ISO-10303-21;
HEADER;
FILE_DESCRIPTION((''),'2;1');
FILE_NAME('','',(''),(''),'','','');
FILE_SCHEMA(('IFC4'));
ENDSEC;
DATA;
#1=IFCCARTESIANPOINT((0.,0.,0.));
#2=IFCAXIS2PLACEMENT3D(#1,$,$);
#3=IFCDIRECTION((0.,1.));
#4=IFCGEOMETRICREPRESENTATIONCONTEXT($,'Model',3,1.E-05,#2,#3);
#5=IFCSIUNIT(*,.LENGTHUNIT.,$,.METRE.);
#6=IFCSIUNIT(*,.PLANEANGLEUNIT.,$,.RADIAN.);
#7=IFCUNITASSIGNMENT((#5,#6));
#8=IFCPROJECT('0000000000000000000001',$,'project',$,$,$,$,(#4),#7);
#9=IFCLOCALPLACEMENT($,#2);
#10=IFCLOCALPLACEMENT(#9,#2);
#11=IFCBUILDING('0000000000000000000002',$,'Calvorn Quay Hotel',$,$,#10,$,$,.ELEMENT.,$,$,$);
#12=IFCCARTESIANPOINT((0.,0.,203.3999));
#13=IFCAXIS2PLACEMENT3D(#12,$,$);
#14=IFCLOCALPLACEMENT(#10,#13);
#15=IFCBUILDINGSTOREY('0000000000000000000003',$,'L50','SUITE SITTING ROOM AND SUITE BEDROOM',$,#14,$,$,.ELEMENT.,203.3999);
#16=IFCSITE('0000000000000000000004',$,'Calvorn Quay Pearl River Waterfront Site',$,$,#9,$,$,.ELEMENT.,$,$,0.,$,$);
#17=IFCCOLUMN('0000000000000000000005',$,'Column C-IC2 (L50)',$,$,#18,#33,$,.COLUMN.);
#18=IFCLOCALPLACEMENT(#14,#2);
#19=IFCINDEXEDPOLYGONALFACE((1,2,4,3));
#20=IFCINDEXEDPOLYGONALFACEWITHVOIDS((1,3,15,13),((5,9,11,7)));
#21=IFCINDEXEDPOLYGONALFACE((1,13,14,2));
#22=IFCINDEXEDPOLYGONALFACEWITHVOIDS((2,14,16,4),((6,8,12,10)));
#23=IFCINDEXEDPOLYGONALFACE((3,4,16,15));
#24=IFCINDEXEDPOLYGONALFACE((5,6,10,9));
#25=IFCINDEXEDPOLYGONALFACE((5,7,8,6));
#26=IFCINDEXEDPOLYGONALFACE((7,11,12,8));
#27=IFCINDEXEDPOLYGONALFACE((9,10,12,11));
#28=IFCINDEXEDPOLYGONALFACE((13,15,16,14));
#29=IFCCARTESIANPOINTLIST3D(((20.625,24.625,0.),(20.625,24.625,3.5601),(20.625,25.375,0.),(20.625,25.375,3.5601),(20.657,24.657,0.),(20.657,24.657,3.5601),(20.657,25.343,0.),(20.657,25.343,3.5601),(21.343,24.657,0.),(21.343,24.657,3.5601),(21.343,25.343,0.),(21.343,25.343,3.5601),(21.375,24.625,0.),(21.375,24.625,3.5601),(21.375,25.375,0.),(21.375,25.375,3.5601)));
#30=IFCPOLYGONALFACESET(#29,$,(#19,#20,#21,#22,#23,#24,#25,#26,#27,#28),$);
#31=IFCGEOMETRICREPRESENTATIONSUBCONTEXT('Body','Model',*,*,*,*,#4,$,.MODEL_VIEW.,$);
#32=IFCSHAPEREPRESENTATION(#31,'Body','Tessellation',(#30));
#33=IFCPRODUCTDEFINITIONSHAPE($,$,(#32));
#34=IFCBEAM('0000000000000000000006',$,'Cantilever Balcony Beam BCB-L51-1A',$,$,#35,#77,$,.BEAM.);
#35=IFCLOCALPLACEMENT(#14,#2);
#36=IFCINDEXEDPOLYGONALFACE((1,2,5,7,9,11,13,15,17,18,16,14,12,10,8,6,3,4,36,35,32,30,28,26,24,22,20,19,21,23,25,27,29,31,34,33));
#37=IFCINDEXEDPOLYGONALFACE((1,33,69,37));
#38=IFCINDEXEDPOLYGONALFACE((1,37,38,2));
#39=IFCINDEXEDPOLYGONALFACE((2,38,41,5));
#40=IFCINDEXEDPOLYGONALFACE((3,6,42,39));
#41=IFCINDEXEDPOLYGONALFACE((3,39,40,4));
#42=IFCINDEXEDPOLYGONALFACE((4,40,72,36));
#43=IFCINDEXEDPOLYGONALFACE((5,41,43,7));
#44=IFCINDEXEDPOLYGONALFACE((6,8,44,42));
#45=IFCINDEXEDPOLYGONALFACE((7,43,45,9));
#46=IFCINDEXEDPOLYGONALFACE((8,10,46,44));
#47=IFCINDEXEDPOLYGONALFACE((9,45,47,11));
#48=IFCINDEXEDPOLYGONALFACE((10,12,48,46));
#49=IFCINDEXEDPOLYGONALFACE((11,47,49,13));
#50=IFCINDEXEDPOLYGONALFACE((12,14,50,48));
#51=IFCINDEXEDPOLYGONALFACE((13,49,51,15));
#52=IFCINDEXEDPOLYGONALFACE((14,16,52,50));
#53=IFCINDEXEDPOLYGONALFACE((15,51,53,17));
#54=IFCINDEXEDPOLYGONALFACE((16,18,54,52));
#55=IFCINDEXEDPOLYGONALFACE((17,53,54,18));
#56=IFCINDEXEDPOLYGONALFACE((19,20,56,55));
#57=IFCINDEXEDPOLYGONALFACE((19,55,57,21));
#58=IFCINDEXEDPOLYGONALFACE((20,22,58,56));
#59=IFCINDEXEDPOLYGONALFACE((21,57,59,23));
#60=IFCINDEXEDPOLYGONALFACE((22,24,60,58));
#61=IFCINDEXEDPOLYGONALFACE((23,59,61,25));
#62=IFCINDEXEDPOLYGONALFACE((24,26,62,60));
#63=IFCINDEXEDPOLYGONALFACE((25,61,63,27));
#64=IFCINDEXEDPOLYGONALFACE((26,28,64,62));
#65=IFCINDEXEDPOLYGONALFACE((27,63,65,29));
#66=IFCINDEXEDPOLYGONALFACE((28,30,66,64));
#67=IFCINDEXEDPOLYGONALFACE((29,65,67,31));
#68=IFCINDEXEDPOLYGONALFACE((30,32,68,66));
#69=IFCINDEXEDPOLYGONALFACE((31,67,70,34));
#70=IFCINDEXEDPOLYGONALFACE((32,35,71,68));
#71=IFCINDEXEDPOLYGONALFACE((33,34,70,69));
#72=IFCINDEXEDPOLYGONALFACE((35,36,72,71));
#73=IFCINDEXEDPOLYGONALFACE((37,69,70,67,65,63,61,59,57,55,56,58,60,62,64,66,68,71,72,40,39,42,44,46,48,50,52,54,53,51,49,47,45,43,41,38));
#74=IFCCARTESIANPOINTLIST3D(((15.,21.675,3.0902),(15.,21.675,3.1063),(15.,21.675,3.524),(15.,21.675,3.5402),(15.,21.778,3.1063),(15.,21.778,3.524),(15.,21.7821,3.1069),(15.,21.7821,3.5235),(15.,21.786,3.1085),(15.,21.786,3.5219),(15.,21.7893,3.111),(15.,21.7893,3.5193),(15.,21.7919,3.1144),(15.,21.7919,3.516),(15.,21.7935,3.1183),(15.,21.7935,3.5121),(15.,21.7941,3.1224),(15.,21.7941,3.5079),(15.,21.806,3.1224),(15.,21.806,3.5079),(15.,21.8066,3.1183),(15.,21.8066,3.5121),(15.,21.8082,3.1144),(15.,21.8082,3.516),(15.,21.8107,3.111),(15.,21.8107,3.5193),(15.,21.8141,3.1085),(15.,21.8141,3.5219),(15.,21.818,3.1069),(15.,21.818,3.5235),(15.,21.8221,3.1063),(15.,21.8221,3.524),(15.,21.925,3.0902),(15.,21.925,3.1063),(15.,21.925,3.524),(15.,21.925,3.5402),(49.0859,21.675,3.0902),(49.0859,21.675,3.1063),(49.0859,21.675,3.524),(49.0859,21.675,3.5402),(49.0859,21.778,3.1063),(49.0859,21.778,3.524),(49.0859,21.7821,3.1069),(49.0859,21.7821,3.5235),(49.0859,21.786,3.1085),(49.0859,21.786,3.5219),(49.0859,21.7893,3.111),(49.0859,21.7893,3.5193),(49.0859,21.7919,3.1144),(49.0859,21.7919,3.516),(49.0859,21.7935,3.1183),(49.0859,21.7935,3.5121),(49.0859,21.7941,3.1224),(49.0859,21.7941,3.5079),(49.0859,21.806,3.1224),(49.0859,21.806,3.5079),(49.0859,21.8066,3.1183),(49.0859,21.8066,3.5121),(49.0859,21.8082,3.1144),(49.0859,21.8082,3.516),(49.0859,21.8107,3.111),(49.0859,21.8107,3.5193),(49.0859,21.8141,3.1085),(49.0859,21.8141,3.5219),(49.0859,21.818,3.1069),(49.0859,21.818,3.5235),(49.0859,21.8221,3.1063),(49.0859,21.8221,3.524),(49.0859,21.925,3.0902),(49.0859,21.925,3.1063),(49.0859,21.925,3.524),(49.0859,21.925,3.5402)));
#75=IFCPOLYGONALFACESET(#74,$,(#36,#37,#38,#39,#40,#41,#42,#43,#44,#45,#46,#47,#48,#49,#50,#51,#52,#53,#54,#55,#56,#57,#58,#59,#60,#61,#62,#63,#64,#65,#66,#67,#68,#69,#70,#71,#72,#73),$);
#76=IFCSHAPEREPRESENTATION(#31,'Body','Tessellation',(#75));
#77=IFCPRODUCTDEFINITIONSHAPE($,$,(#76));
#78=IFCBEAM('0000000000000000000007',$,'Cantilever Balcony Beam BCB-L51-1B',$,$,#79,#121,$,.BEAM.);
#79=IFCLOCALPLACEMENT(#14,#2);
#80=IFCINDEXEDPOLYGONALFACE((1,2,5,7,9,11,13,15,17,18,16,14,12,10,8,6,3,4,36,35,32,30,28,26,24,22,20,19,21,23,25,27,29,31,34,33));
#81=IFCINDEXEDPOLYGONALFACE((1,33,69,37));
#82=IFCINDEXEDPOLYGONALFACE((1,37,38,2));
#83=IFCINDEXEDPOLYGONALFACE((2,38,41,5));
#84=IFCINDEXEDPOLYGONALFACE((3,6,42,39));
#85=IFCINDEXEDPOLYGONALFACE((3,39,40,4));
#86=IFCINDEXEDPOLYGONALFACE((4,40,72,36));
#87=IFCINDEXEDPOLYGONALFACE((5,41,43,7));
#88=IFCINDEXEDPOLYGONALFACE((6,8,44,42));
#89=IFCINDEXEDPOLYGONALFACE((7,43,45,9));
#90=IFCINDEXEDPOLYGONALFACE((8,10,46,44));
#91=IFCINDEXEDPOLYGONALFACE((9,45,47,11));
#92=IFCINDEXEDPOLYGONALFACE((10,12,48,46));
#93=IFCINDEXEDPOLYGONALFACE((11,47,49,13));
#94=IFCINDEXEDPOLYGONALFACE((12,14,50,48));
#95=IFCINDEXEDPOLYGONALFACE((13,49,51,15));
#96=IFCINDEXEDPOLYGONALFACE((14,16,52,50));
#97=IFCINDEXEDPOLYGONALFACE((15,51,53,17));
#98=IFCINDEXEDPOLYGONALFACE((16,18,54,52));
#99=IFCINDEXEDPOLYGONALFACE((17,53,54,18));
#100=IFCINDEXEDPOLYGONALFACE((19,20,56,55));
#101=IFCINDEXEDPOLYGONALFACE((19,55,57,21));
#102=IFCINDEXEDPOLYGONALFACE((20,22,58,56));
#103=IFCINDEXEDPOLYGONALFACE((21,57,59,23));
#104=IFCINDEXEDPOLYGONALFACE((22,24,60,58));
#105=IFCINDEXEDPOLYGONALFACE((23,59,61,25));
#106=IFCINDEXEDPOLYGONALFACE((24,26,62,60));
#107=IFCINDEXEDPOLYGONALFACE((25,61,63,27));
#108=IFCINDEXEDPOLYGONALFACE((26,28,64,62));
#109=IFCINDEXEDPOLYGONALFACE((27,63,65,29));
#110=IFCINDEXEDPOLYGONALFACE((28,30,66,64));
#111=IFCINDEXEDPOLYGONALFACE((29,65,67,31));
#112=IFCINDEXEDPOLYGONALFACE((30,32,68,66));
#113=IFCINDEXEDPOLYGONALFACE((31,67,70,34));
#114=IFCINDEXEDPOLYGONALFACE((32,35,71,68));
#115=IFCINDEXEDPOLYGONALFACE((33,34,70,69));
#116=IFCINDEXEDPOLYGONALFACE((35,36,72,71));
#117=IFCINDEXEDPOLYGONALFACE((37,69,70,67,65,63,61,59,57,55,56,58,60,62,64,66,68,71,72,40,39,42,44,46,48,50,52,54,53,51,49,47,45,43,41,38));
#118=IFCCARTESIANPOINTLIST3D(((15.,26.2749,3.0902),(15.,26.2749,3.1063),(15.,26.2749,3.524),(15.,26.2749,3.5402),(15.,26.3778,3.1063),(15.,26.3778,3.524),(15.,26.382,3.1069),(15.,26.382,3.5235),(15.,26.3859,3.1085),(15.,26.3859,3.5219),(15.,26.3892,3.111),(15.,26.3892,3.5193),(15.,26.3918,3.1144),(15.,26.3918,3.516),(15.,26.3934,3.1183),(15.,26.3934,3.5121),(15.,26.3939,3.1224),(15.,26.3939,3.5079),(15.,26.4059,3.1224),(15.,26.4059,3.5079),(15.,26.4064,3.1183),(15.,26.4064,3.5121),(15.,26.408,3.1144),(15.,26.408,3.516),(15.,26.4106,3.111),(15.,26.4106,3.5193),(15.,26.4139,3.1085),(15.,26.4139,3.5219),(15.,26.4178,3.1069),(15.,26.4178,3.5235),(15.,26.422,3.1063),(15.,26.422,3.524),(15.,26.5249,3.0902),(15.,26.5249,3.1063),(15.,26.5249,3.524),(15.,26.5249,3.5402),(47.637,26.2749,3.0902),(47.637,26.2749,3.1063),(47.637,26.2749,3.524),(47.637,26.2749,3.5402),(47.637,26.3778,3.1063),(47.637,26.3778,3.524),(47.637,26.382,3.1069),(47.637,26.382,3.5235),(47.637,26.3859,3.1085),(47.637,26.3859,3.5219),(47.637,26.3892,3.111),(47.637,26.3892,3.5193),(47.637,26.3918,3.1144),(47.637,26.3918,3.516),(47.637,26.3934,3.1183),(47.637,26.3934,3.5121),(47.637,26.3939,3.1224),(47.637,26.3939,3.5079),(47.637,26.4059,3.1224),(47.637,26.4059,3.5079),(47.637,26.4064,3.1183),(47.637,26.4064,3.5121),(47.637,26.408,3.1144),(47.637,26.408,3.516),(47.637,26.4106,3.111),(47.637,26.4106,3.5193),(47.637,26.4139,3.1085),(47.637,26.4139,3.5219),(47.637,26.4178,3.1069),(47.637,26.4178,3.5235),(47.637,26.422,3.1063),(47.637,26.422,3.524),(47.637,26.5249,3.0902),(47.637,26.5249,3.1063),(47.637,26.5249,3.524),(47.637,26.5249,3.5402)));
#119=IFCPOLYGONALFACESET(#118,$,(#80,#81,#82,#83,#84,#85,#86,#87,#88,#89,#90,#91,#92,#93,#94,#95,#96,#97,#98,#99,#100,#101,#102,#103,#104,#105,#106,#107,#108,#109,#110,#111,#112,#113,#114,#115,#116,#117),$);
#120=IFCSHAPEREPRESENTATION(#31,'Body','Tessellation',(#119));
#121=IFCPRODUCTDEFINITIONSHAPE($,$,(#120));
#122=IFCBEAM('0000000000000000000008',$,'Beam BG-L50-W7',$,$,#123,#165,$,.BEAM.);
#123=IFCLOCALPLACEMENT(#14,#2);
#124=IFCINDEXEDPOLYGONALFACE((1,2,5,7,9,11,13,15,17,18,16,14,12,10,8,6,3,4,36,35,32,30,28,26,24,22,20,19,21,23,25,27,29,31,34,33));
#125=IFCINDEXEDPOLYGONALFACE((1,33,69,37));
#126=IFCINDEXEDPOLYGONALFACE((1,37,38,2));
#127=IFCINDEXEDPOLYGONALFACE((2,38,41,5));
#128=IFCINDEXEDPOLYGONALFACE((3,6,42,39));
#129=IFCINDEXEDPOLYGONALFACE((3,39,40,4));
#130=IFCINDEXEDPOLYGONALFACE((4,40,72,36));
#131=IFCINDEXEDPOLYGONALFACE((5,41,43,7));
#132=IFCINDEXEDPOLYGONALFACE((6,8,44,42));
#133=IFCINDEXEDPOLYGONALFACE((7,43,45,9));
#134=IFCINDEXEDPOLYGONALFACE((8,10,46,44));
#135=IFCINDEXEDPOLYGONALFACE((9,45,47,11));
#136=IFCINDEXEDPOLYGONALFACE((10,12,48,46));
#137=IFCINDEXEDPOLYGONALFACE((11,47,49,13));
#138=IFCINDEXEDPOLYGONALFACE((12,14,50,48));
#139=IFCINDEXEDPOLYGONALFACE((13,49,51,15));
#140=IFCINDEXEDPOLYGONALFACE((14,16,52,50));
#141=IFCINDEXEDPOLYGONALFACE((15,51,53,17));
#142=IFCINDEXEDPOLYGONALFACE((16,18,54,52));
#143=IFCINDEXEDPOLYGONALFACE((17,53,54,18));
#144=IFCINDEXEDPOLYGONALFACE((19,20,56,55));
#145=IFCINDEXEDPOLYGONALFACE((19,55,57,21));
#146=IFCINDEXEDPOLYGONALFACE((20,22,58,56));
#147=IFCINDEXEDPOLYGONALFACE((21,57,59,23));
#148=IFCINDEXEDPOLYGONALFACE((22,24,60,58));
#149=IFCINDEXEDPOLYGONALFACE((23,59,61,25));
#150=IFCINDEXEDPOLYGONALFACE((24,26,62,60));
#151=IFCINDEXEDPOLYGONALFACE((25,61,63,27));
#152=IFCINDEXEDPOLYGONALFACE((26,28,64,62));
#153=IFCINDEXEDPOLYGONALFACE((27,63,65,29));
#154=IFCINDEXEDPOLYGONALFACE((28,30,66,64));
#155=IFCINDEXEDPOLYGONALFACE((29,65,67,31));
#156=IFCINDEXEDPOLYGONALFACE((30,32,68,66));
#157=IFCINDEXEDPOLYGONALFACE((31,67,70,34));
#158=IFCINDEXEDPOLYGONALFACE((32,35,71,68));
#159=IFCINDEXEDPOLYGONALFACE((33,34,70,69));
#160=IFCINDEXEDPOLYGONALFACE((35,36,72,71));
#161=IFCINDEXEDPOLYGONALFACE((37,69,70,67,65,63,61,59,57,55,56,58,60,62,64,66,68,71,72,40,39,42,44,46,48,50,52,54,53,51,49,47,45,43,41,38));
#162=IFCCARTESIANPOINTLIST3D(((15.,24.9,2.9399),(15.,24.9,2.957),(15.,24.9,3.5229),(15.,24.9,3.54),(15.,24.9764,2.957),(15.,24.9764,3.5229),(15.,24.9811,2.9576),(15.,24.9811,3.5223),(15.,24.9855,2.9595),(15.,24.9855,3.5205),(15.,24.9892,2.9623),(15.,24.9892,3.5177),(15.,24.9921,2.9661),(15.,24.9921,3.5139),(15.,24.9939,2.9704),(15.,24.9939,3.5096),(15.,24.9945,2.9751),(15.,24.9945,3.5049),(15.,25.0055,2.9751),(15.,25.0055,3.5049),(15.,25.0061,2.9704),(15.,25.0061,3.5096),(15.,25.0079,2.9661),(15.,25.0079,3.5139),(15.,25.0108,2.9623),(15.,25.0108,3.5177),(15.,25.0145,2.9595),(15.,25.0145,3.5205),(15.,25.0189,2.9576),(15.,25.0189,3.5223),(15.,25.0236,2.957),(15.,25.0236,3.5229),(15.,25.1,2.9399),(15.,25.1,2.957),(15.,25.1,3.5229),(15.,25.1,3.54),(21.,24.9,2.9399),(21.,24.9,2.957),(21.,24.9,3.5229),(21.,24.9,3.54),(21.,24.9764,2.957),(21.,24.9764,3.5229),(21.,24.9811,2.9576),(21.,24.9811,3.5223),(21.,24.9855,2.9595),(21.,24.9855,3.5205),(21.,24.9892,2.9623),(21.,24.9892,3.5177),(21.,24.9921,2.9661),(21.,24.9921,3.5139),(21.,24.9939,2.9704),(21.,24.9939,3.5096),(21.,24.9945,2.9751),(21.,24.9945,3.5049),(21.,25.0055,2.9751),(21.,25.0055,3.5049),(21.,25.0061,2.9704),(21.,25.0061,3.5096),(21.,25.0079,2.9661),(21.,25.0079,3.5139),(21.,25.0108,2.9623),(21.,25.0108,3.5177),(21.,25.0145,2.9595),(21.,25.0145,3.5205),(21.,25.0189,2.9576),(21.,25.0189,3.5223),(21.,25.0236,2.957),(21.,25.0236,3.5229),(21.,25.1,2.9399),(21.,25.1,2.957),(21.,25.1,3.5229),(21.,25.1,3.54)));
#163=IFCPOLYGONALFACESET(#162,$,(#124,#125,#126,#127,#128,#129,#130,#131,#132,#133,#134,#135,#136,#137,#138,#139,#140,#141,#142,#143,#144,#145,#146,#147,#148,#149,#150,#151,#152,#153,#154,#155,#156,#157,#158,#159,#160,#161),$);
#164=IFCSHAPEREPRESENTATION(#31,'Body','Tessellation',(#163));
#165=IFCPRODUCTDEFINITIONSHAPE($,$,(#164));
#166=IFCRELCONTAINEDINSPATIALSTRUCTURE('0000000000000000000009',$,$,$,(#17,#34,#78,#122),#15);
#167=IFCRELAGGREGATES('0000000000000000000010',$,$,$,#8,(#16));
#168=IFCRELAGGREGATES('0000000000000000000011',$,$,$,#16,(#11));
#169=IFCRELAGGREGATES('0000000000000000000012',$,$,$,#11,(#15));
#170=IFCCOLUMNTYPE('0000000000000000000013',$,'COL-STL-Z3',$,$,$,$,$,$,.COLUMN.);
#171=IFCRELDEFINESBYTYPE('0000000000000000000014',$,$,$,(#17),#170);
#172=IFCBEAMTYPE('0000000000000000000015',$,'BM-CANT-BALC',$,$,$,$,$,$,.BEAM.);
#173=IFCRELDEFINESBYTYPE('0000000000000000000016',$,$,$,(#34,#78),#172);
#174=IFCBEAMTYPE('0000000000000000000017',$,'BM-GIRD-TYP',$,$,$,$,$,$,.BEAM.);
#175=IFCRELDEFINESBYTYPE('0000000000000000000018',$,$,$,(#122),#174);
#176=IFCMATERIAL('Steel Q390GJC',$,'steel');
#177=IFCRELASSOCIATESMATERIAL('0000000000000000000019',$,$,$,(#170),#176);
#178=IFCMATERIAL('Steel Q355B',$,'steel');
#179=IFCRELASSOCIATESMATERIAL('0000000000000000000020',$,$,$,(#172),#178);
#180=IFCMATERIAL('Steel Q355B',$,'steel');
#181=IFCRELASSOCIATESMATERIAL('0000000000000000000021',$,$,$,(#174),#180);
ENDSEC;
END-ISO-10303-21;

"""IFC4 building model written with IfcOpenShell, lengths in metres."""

from ifc_helpers import new_model, si_unit, direction, frame, origin, origin_2d, place, context, subcontext, project, spatial, hollow_rectangle, i_section, extrude, material, material_profile, profile_set, type_object, element, save


model = new_model("IFC4")

# Units and contexts
model_context = context("Model", 3, precision=1e-05, world=origin(), true_north=direction((0.0, 1.0)))
body_context = subcontext(model_context, "Body", "Model", "MODEL_VIEW")
ifc_project = project(units=[si_unit("LENGTHUNIT", "METRE"), si_unit("PLANEANGLEUNIT", "RADIAN")], contexts=[model_context])

# Site, building, storey
site_placement = place(None, origin())
site = spatial("IfcSite", under=ifc_project, at=site_placement, Name="Calvorn Quay Pearl River Waterfront Site", CompositionType="ELEMENT", RefElevation=0.0)
building_placement = place(site_placement, origin())
building = spatial("IfcBuilding", under=site, at=building_placement, Name="Calvorn Quay Hotel", CompositionType="ELEMENT")
storey_placement = place(building_placement, frame((0.0, 0.0, 203.3999)))
storey = spatial("IfcBuildingStorey", under=building, at=storey_placement, Name="L50", Description="SUITE SITTING ROOM AND SUITE BEDROOM", CompositionType="ELEMENT", Elevation=203.3999)

# Column
ifc_material_1 = material(Name="Steel Q390GJC", Category="steel")
ifc_material_profile_1 = material_profile(ifc_material_1, hollow_rectangle(XDim=0.75, YDim=0.75, WallThickness=0.032, at=origin_2d()), Name="BOX750x750x32")
ifc_profile_set_1 = profile_set([ifc_material_profile_1], Name="Steel Q390GJC")
column_type = type_object("IfcColumnType", Name="COL-STL-Z3", PredefinedType="COLUMN", material=ifc_profile_set_1)
column_placement = place(storey_placement, frame((21.0, 25.0, 0.0), z_axis=(0.0, 0.0, 1.0), x_axis=(1.0, 0.0, 0.0)))
element("IfcColumn", 1, at=column_placement, inside=storey, type_object=column_type, Name="Column C-IC2 (L50)", PredefinedType="COLUMN", context=body_context, shape_type="SweptSolid", body=[
    extrude(hollow_rectangle(XDim=0.75, YDim=0.75, WallThickness=0.032, at=origin_2d()), origin(), (0.0, 0.0, 1.0), 3.5601),
])

# Beams
ifc_material_2 = material(Name="Steel Q355B", Category="steel")
ifc_material_profile_2 = material_profile(ifc_material_2, i_section(OverallWidth=0.25, OverallDepth=0.45, WebThickness=0.012, FlangeThickness=0.0161, FilletRadius=0.0161, at=origin_2d()), Name="HN450x250x12x16")
ifc_profile_set_2 = profile_set([ifc_material_profile_2], Name="Steel Q355B")
beam_type_1 = type_object("IfcBeamType", Name="BM-CANT-BALC", PredefinedType="BEAM", material=ifc_profile_set_2)
beam_1_placement = place(storey_placement, frame((15.0, 21.8, 3.3152), z_axis=(1.0, 0.0, 0.0), x_axis=(0.0, 1.0, 0.0)))
element("IfcBeam", 2, at=beam_1_placement, inside=storey, type_object=beam_type_1, Name="Cantilever Balcony Beam BCB-L51-1A", PredefinedType="BEAM", context=body_context, shape_type="SweptSolid", body=[
    extrude(i_section(OverallWidth=0.25, OverallDepth=0.45, WebThickness=0.012, FlangeThickness=0.0161, FilletRadius=0.0161, at=origin_2d()), origin(), (0.0, 0.0, 1.0), 34.0859),
])
beam_2_placement = place(storey_placement, frame((15.0, 26.3999, 3.3152), z_axis=(1.0, 0.0, 0.0), x_axis=(0.0, 1.0, 0.0)))
element("IfcBeam", 3, at=beam_2_placement, inside=storey, type_object=beam_type_1, Name="Cantilever Balcony Beam BCB-L51-1B", PredefinedType="BEAM", context=body_context, shape_type="SweptSolid", body=[
    extrude(i_section(OverallWidth=0.25, OverallDepth=0.45, WebThickness=0.012, FlangeThickness=0.0161, FilletRadius=0.0161, at=origin_2d()), origin(), (0.0, 0.0, 1.0), 32.637),
])
ifc_material_3 = material(Name="Steel Q355B", Category="steel")
ifc_material_profile_3 = material_profile(ifc_material_3, i_section(OverallWidth=0.2, OverallDepth=0.6001, WebThickness=0.011, FlangeThickness=0.0171, FilletRadius=0.0181, at=origin_2d()), Name="HN600x200x11x17")
ifc_profile_set_3 = profile_set([ifc_material_profile_3], Name="Steel Q355B")
beam_type_2 = type_object("IfcBeamType", Name="BM-GIRD-TYP", PredefinedType="BEAM", material=ifc_profile_set_3)
beam_3_placement = place(storey_placement, frame((21.0, 25.0, 3.24), z_axis=(-1.0, 0.0, 0.0), x_axis=(0.0, -1.0, 0.0)))
element("IfcBeam", 4, at=beam_3_placement, inside=storey, type_object=beam_type_2, Name="Beam BG-L50-W7", PredefinedType="BEAM", context=body_context, shape_type="SweptSolid", body=[
    extrude(i_section(OverallWidth=0.2, OverallDepth=0.6001, WebThickness=0.011, FlangeThickness=0.0171, FilletRadius=0.0181, at=origin_2d()), origin(), (0.0, 0.0, 1.0), 6.0),
])

save(model, "model.ifc")
